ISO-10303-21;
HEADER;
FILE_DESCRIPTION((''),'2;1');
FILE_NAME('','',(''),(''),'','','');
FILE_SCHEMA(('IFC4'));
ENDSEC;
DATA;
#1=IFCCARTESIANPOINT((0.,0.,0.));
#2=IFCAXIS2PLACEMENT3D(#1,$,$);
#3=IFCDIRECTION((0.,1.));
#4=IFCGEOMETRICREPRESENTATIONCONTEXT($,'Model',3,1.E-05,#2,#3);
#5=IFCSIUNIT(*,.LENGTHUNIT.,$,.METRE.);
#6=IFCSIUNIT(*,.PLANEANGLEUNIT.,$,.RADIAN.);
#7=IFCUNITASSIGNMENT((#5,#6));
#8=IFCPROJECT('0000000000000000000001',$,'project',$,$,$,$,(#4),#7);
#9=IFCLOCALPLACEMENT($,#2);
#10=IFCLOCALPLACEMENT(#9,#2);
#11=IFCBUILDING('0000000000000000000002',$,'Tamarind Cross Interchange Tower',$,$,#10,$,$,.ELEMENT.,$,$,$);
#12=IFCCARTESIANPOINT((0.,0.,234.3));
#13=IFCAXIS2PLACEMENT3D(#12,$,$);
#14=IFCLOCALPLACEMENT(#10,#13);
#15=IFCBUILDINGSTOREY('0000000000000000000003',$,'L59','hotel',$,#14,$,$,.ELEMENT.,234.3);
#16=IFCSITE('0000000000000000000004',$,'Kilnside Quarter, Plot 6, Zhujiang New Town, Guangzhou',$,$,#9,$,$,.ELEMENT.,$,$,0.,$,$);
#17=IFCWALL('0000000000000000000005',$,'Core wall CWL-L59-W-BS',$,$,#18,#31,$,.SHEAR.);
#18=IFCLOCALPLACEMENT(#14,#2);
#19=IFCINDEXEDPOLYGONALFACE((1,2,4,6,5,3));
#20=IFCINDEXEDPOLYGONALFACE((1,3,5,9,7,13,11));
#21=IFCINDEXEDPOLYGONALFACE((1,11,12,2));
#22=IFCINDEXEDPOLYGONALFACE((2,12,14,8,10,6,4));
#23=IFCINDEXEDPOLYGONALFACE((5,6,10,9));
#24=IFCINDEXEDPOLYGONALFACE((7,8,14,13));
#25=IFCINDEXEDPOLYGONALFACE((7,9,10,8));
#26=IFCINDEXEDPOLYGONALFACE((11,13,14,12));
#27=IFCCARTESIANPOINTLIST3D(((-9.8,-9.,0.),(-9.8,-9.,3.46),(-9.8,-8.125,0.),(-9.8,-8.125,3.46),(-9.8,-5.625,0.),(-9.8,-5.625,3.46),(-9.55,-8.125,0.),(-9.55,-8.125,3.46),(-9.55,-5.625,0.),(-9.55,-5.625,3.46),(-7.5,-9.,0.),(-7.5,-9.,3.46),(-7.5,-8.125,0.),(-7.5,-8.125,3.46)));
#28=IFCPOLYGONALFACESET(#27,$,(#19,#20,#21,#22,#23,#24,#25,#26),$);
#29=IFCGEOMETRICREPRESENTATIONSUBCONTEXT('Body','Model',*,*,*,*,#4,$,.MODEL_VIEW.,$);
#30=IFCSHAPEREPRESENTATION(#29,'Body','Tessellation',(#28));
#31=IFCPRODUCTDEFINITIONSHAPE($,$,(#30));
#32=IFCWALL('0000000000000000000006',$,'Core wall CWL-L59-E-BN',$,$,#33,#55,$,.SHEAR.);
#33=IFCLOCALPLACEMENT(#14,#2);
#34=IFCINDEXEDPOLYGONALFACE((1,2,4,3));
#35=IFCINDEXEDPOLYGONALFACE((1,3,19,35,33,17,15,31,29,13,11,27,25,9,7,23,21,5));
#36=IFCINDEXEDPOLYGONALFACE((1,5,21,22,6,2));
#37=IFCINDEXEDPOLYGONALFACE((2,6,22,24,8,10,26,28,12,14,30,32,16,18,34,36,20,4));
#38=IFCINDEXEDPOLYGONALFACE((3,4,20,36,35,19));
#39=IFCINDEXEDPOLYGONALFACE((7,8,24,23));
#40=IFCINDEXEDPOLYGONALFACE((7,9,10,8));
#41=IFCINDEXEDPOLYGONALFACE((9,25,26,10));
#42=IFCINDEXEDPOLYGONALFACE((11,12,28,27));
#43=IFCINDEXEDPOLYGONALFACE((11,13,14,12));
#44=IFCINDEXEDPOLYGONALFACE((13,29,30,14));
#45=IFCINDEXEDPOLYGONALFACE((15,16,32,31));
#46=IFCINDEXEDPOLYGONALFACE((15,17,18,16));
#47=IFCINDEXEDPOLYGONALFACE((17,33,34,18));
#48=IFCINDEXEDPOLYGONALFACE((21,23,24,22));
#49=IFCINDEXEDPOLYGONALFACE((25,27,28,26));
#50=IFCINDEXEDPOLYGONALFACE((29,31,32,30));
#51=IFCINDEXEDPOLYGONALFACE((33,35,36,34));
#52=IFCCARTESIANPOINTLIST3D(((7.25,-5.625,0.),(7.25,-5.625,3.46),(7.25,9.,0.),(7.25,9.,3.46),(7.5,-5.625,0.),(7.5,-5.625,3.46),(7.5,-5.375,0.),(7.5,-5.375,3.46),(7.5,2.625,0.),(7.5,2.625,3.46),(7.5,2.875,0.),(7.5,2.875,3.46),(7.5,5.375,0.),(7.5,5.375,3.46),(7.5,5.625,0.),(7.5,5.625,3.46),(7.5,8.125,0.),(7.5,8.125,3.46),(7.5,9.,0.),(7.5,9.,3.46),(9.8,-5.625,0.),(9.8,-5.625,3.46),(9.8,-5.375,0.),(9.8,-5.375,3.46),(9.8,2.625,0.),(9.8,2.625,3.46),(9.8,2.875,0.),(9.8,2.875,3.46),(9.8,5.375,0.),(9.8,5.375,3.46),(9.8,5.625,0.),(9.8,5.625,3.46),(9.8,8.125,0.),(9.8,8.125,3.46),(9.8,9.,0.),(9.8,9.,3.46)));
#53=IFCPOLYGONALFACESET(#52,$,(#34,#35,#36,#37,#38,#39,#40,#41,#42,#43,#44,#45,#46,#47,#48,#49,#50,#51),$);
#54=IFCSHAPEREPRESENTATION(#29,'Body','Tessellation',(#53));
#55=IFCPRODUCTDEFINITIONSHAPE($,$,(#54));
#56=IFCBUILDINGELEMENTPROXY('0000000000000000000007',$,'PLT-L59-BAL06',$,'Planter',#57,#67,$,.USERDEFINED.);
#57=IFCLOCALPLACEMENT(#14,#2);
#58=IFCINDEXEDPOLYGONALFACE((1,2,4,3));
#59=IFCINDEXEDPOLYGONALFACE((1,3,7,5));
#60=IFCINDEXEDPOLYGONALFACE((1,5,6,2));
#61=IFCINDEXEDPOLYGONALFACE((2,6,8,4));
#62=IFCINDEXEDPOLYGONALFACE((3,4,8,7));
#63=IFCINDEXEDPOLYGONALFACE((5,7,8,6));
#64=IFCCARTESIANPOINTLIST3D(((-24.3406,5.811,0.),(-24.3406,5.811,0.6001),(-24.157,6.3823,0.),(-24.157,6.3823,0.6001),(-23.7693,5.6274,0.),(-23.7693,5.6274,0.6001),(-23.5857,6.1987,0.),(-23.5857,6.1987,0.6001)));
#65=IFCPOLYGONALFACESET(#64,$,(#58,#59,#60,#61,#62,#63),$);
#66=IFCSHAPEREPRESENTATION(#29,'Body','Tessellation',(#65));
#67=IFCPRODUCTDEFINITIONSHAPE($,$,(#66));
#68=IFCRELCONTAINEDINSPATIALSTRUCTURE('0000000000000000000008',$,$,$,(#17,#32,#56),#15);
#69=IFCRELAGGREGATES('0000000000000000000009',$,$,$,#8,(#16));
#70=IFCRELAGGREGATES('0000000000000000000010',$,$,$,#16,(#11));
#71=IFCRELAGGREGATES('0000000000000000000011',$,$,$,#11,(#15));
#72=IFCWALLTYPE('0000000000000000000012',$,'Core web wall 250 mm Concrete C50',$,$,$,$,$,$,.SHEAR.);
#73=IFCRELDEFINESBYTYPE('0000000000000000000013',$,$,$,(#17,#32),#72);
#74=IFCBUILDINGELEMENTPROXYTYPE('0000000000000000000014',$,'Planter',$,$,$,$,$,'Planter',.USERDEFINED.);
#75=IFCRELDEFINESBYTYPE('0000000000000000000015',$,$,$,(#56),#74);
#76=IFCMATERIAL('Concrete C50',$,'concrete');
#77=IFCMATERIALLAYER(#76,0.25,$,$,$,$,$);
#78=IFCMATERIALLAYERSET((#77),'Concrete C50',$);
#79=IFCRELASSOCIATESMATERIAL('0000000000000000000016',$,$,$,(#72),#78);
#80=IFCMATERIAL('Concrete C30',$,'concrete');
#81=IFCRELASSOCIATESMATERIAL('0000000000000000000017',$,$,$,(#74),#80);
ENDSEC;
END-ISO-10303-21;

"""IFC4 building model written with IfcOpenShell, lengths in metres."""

from ifc_helpers import new_model, si_unit, direction, frame, origin, origin_2d, place, context, subcontext, project, spatial, polyline, rectangle, outline, extrude, material, layer, layer_set, type_object, element, save


model = new_model("IFC4")

# Units and contexts
model_context = context("Model", 3, precision=1e-05, world=origin(), true_north=direction((0.0, 1.0)))
body_context = subcontext(model_context, "Body", "Model", "MODEL_VIEW")
ifc_project = project(units=[si_unit("LENGTHUNIT", "METRE"), si_unit("PLANEANGLEUNIT", "RADIAN")], contexts=[model_context])

# Site, building, storey
site_placement = place(None, origin())
site = spatial("IfcSite", under=ifc_project, at=site_placement, Name="Kilnside Quarter, Plot 6, Zhujiang New Town, Guangzhou", CompositionType="ELEMENT", RefElevation=0.0)
building_placement = place(site_placement, origin())
building = spatial("IfcBuilding", under=site, at=building_placement, Name="Tamarind Cross Interchange Tower", CompositionType="ELEMENT")
storey_placement = place(building_placement, frame((0.0, 0.0, 234.3)))
storey = spatial("IfcBuildingStorey", under=building, at=storey_placement, Name="L59", Description="hotel", CompositionType="ELEMENT", Elevation=234.3)

# Walls
ifc_material_1 = material(Name="Concrete C50", Category="concrete")
ifc_layer_1 = layer(ifc_material_1, 0.25)
ifc_layer_set_1 = layer_set([ifc_layer_1], Name="Concrete C50")
wall_type_1 = type_object("IfcWallType", Name="Core web wall 250 mm Concrete C50", PredefinedType="SHEAR", material=ifc_layer_set_1)
wall_1_placement = place(storey_placement, origin())
element("IfcWall", 1, at=wall_1_placement, inside=storey, type_object=wall_type_1, Name="Core wall CWL-L59-W-BS", PredefinedType="SHEAR", context=body_context, shape_type="SweptSolid", body=[
    extrude(outline(polyline([(-7.5, -8.125), (-9.55, -8.125), (-9.55, -5.625), (-9.8, -5.625), (-9.8, -8.125), (-9.8, -9.0), (-7.5, -9.0), (-7.5, -8.125)])), origin(), (0.0, 0.0, 1.0), 3.46),
])
wall_2_placement = place(storey_placement, origin())
element("IfcWall", 2, at=wall_2_placement, inside=storey, type_object=wall_type_1, Name="Core wall CWL-L59-E-BN", PredefinedType="SHEAR", context=body_context, shape_type="SweptSolid", body=[
    extrude(outline(polyline([(9.8, -5.375), (7.5, -5.375), (7.5, 2.625), (9.8, 2.625), (9.8, 2.875), (7.5, 2.875), (7.5, 5.375), (9.8, 5.375), (9.8, 5.625), (7.5, 5.625), (7.5, 8.125), (9.8, 8.125), (9.8, 9.0), (7.5, 9.0), (7.25, 9.0), (7.25, -5.625), (7.5, -5.625), (9.8, -5.625), (9.8, -5.375)])), origin(), (0.0, 0.0, 1.0), 3.46),
])

# Building element proxy
ifc_material_2 = material(Name="Concrete C30", Category="concrete")
building_element_proxy_type = type_object("IfcBuildingElementProxyType", Name="Planter", ElementType="Planter", PredefinedType="USERDEFINED", material=ifc_material_2)
proxy_placement = place(storey_placement, origin())
element("IfcBuildingElementProxy", 3, at=proxy_placement, inside=storey, type_object=building_element_proxy_type, Name="PLT-L59-BAL06", ObjectType="Planter", PredefinedType="USERDEFINED", context=body_context, shape_type="SweptSolid", body=[
    extrude(rectangle(XDim=0.6001, YDim=0.6001, at=origin_2d()), frame((-23.9631, 6.0049, 0.0), z_axis=(0.0, 0.0, 1.0), x_axis=(-0.305955, -0.952046, 0.0)), (0.0, 0.0, 1.0), 0.6001),
])

save(model, "model.ifc")
